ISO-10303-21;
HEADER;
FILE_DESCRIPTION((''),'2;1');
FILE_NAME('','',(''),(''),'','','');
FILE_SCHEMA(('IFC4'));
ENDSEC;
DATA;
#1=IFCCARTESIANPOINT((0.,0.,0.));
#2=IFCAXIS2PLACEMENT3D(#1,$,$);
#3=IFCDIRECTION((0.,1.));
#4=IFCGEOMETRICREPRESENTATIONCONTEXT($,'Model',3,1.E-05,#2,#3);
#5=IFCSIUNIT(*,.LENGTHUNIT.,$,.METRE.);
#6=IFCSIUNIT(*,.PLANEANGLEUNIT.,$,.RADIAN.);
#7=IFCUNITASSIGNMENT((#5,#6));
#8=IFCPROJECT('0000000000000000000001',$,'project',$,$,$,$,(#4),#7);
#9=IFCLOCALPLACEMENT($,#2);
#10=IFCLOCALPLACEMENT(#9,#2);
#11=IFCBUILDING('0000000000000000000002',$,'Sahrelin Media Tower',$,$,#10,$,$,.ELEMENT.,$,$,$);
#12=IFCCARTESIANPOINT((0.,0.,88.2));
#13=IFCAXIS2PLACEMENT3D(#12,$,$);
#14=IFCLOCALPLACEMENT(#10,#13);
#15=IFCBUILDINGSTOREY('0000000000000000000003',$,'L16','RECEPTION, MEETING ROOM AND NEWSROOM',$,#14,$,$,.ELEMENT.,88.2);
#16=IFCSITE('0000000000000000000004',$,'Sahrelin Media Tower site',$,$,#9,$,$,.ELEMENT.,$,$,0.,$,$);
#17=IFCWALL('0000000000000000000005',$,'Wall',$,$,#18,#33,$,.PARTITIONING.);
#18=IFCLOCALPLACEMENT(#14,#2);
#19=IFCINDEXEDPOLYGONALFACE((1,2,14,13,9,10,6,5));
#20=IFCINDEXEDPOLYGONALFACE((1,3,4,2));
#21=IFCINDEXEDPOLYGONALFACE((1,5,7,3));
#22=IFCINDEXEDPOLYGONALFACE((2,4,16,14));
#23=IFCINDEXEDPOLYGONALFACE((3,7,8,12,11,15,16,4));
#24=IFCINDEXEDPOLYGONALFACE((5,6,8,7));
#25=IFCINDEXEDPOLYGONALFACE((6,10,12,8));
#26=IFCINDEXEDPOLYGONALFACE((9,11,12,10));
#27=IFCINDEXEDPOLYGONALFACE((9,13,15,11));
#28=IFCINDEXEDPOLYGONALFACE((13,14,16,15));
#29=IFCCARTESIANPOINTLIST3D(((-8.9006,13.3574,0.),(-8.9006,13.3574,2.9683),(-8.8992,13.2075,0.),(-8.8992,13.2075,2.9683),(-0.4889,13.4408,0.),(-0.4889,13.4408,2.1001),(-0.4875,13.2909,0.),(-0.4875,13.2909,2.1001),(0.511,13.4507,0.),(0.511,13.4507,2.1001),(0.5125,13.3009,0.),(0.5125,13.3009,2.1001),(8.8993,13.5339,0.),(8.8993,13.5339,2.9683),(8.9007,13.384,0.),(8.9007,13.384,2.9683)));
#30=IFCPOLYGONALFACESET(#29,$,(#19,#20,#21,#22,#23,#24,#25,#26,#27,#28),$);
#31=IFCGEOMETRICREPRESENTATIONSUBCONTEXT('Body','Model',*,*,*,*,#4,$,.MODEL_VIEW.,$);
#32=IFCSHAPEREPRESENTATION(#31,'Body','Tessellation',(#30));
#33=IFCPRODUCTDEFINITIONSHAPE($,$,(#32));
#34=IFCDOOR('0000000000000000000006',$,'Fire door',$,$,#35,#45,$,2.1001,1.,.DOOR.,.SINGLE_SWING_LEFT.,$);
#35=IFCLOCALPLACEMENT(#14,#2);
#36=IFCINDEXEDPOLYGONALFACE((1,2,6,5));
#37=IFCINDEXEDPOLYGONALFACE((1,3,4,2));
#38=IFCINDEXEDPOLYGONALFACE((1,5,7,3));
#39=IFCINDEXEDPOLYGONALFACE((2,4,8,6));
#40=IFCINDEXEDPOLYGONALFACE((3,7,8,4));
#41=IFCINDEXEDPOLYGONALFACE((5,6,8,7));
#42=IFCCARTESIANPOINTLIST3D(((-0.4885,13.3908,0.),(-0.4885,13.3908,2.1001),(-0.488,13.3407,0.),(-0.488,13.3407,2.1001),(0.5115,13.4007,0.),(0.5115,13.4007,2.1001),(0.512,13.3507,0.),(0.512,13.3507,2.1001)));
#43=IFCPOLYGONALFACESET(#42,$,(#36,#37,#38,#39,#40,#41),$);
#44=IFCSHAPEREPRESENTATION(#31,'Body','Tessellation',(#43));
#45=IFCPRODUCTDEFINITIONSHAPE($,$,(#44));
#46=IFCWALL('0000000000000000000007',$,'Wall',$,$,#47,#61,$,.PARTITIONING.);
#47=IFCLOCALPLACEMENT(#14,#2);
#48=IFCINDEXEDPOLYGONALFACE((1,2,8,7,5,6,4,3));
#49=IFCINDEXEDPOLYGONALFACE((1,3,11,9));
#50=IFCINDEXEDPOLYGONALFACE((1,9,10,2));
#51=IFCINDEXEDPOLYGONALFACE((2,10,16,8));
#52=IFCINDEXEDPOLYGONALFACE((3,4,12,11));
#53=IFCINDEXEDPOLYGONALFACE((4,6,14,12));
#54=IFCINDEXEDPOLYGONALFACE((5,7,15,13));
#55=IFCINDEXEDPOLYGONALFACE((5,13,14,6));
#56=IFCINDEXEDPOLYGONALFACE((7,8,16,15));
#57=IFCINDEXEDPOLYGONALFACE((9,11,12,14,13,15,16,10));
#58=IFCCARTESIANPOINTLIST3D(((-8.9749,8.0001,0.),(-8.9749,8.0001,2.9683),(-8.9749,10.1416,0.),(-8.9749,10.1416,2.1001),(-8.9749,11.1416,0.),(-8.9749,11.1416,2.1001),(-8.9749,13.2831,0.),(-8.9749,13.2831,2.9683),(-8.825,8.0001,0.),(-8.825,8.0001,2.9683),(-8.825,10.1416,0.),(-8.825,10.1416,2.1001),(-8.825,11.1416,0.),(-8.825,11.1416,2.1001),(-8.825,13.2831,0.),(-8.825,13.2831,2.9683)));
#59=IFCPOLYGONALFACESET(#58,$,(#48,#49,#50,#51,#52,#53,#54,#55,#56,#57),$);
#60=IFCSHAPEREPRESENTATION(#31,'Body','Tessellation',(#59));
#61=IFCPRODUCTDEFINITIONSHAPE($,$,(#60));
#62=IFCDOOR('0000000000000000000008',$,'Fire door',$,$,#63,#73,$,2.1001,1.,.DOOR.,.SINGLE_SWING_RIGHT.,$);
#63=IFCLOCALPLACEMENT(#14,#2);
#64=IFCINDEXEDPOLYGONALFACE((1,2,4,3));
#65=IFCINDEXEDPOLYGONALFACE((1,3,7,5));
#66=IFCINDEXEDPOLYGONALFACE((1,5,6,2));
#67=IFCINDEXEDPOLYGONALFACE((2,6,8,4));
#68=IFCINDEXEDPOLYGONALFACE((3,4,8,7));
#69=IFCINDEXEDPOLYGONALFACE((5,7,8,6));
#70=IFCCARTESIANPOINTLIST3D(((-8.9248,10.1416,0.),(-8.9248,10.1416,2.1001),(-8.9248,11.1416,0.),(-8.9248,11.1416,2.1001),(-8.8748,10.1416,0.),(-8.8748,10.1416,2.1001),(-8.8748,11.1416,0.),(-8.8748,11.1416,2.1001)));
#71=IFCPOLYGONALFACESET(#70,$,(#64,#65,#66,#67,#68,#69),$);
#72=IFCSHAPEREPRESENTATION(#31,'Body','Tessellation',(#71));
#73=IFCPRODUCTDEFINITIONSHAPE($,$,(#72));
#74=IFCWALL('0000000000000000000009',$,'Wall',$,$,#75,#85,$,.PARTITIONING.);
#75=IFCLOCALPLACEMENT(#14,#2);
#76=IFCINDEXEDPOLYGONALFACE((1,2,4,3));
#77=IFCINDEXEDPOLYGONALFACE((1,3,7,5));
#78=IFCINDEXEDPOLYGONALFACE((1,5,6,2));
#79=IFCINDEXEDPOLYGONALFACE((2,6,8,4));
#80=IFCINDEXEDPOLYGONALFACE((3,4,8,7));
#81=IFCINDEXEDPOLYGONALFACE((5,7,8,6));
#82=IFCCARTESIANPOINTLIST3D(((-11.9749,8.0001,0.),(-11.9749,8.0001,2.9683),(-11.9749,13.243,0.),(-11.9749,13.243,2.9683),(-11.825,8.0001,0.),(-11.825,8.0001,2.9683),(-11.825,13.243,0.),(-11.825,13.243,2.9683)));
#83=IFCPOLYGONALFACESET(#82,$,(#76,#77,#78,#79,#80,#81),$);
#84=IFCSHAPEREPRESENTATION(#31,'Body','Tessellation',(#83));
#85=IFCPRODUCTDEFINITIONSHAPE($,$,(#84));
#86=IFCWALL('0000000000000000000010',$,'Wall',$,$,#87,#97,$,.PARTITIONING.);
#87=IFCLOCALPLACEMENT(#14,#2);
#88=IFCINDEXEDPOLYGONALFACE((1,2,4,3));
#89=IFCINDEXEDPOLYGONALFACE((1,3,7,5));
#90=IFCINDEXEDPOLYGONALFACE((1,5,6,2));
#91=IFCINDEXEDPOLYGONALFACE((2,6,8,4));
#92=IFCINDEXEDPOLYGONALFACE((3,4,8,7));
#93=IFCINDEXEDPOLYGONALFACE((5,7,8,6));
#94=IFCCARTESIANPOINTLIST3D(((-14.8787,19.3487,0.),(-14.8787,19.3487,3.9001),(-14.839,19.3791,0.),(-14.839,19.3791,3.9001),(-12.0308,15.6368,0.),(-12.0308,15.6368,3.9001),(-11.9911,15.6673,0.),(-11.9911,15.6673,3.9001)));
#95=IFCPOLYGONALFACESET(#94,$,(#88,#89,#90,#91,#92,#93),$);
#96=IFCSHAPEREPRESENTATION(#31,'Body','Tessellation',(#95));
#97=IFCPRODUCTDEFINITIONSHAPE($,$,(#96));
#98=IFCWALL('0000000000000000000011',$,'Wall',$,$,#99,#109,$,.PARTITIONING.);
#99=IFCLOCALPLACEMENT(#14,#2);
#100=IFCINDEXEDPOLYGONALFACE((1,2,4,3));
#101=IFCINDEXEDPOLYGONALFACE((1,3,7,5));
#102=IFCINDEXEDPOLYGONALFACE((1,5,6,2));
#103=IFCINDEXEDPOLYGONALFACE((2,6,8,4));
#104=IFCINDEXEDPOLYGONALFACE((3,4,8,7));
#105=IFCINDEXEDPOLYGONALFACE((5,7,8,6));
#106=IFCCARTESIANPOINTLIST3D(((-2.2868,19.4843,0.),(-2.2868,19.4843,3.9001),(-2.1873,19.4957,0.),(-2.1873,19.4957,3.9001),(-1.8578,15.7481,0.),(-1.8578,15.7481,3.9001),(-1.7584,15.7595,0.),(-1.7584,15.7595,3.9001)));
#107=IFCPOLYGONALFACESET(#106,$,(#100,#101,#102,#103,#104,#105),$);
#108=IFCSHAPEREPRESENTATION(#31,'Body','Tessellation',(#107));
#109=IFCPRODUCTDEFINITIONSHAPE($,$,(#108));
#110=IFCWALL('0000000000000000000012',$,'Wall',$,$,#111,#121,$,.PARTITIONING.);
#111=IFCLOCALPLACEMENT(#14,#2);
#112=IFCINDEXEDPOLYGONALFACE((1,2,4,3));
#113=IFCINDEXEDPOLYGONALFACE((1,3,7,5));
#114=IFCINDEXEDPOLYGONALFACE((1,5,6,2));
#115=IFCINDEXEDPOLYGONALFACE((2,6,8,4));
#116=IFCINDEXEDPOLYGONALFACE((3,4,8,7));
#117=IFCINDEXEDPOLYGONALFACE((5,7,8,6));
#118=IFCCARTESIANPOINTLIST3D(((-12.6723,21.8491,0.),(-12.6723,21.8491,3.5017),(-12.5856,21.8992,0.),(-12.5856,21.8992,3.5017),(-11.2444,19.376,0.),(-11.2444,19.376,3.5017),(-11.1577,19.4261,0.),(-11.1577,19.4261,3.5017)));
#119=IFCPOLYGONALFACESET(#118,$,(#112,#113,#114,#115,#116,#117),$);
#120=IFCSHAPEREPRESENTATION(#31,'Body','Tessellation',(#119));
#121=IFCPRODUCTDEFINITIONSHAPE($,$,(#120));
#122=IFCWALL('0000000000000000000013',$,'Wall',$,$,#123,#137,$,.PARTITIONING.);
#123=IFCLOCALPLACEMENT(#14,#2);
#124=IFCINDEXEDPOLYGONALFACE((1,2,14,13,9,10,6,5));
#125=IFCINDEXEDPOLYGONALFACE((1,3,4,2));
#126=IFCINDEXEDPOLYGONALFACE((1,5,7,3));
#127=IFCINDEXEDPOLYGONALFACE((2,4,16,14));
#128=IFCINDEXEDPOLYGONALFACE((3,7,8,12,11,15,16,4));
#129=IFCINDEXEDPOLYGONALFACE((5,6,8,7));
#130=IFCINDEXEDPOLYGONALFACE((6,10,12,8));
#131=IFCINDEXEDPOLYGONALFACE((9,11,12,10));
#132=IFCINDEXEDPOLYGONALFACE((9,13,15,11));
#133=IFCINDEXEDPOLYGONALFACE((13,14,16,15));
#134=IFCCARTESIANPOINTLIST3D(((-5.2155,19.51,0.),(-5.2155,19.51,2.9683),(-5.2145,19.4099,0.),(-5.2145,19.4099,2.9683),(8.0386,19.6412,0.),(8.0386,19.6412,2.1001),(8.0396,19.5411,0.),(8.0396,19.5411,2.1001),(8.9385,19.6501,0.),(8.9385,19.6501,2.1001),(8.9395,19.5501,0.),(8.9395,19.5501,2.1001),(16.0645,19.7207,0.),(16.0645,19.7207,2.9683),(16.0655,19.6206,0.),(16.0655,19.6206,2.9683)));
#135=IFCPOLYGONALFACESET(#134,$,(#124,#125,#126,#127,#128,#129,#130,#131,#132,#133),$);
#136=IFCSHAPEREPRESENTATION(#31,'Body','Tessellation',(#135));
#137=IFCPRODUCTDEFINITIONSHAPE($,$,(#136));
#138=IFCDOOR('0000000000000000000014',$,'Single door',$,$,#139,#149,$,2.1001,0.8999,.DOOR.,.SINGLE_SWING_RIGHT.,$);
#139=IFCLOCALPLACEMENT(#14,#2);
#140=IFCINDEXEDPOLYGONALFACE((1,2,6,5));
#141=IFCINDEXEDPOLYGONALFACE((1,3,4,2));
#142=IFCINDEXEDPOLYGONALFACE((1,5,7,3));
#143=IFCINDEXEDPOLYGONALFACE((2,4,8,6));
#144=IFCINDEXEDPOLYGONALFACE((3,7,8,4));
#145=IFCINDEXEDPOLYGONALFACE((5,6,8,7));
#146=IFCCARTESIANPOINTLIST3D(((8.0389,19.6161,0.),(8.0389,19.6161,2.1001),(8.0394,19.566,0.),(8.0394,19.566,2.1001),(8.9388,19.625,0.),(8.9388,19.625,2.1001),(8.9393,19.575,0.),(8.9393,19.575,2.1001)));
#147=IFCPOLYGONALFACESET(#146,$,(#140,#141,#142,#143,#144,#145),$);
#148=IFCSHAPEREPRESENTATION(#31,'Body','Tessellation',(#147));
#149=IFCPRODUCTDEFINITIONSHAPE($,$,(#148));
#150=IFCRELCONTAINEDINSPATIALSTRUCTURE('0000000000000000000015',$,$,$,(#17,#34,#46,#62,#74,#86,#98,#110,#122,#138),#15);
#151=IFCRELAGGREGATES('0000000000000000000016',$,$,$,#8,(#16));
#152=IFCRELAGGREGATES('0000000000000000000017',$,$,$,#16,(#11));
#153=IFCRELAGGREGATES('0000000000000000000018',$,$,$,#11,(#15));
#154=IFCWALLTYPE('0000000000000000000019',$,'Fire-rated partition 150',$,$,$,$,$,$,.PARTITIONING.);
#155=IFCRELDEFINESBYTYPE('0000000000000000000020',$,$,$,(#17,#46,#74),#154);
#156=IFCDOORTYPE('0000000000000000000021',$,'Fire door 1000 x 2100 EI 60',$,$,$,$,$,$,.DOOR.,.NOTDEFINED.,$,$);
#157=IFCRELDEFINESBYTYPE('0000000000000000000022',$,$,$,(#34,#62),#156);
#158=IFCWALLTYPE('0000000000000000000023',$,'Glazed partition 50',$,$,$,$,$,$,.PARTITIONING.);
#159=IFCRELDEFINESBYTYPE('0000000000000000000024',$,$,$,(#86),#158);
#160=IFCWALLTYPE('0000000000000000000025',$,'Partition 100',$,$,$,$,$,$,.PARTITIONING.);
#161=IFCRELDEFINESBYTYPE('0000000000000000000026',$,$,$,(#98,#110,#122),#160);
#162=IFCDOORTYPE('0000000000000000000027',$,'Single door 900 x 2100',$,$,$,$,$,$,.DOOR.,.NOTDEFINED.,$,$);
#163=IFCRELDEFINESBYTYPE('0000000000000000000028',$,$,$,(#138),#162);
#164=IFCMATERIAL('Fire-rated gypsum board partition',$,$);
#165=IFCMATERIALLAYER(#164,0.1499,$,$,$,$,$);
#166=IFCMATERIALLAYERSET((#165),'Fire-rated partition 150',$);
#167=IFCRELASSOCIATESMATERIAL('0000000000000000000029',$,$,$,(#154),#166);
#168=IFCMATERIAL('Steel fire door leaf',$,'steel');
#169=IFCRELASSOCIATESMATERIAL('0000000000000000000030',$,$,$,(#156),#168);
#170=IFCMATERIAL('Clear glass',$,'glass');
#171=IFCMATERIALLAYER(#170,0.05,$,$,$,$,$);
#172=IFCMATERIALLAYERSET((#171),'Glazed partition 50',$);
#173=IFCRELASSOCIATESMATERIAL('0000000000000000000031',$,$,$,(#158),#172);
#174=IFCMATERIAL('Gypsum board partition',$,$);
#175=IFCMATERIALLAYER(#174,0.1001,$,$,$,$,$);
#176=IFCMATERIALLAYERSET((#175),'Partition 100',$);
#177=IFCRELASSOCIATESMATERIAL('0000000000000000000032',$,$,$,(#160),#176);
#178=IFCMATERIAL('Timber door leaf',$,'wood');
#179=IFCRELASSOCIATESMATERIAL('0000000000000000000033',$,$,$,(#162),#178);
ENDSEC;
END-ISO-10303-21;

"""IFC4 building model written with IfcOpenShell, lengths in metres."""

from ifc_helpers import new_model, si_unit, direction, frame, frame_2d, origin, place, context, subcontext, project, spatial, rectangle, extrude, material, layer, layer_set, type_object, element, fill, save


model = new_model("IFC4")

# Units and contexts
model_context = context("Model", 3, precision=1e-05, world=origin(), true_north=direction((0.0, 1.0)))
body_context = subcontext(model_context, "Body", "Model", "MODEL_VIEW")
ifc_project = project(units=[si_unit("LENGTHUNIT", "METRE"), si_unit("PLANEANGLEUNIT", "RADIAN")], contexts=[model_context])

# Site, building, storey
site_placement = place(None, origin())
site = spatial("IfcSite", under=ifc_project, at=site_placement, Name="Sahrelin Media Tower site", CompositionType="ELEMENT", RefElevation=0.0)
building_placement = place(site_placement, origin())
building = spatial("IfcBuilding", under=site, at=building_placement, Name="Sahrelin Media Tower", CompositionType="ELEMENT")
storey_placement = place(building_placement, frame((0.0, 0.0, 88.2)))
storey = spatial("IfcBuildingStorey", under=building, at=storey_placement, Name="L16", Description="RECEPTION, MEETING ROOM AND NEWSROOM", CompositionType="ELEMENT", Elevation=88.2)

# Shared definitions
ifc_material_1 = material(Name="Fire-rated gypsum board partition")
ifc_layer_1 = layer(ifc_material_1, 0.1499)
ifc_layer_set_1 = layer_set([ifc_layer_1], Name="Fire-rated partition 150")
wall_type_1 = type_object("IfcWallType", Name="Fire-rated partition 150", PredefinedType="PARTITIONING", material=ifc_layer_set_1)

# Walls, openings, doors
wall_1_placement = place(storey_placement, frame((-8.8999, 13.2825, 0.0), z_axis=(0.0, 0.0, 1.0), x_axis=(0.999951, 0.009916, 0.0)))
wall_1 = element("IfcWall", 1, at=wall_1_placement, inside=storey, type_object=wall_type_1, Name="Wall", PredefinedType="PARTITIONING", context=body_context, shape_type="SweptSolid", body=[
    extrude(rectangle(XDim=17.8008, YDim=0.1499, at=frame_2d((8.9004, 0.0))), origin(), (0.0, 0.0, 1.0), 2.9683),
])
opening_1_placement = place(wall_1_placement, frame((8.4121, 0.0, 0.0)))
opening_1 = element("IfcOpeningElement", 2, at=opening_1_placement, cuts=wall_1, PredefinedType="OPENING", context=body_context, shape_type="SweptSolid", body=[
    extrude(rectangle(XDim=1.0, YDim=2.1001, at=frame_2d((0.5, 1.05))), frame((0.0, 0.075, 0.0), z_axis=(0.0, -1.0, 0.0), x_axis=(1.0, 0.0, 0.0)), (0.0, 0.0, 1.0), 0.1499),
])
ifc_material_2 = material(Name="Steel fire door leaf", Category="steel")
door_type_1 = type_object("IfcDoorType", Name="Fire door 1000 x 2100 EI 60", OperationType="NOTDEFINED", PredefinedType="DOOR", material=ifc_material_2)
door_1_placement = place(opening_1_placement, origin())
door_1 = element("IfcDoor", 3, at=door_1_placement, inside=storey, type_object=door_type_1, Name="Fire door", OperationType="SINGLE_SWING_LEFT", OverallHeight=2.1001, OverallWidth=1.0, PredefinedType="DOOR", context=body_context, shape_type="SweptSolid", body=[
    extrude(rectangle(XDim=1.0, YDim=2.1001, at=frame_2d((0.5, 1.05))), frame((0.0, 0.0249, 0.0), z_axis=(0.0, -1.0, 0.0), x_axis=(1.0, 0.0, 0.0)), (0.0, 0.0, 1.0), 0.05),
])
fill(opening_1, door_1)
wall_2_placement = place(storey_placement, frame((-8.8999, 8.0, 0.0), z_axis=(0.0, 0.0, 1.0), x_axis=(0.0, 1.0, 0.0)))
wall_2 = element("IfcWall", 4, at=wall_2_placement, inside=storey, type_object=wall_type_1, Name="Wall", PredefinedType="PARTITIONING", context=body_context, shape_type="SweptSolid", body=[
    extrude(rectangle(XDim=5.283, YDim=0.1499, at=frame_2d((2.6416, 0.0))), origin(), (0.0, 0.0, 1.0), 2.9683),
])
opening_2_placement = place(wall_2_placement, frame((2.1416, 0.0, 0.0)))
opening_2 = element("IfcOpeningElement", 5, at=opening_2_placement, cuts=wall_2, PredefinedType="OPENING", context=body_context, shape_type="SweptSolid", body=[
    extrude(rectangle(XDim=1.0, YDim=2.1001, at=frame_2d((0.5, 1.05))), frame((0.0, 0.075, 0.0), z_axis=(0.0, -1.0, 0.0), x_axis=(1.0, 0.0, 0.0)), (0.0, 0.0, 1.0), 0.1499),
])
door_2_placement = place(opening_2_placement, origin())
door_2 = element("IfcDoor", 6, at=door_2_placement, inside=storey, type_object=door_type_1, Name="Fire door", OperationType="SINGLE_SWING_RIGHT", OverallHeight=2.1001, OverallWidth=1.0, PredefinedType="DOOR", context=body_context, shape_type="SweptSolid", body=[
    extrude(rectangle(XDim=1.0, YDim=2.1001, at=frame_2d((0.5, 1.05))), frame((0.0, 0.0249, 0.0), z_axis=(0.0, -1.0, 0.0), x_axis=(1.0, 0.0, 0.0)), (0.0, 0.0, 1.0), 0.05),
])
fill(opening_2, door_2)

# Walls
wall_3_placement = place(storey_placement, frame((-11.8999, 8.0, 0.0), z_axis=(0.0, 0.0, 1.0), x_axis=(0.0, 1.0, 0.0)))
element("IfcWall", 7, at=wall_3_placement, inside=storey, type_object=wall_type_1, Name="Wall", PredefinedType="PARTITIONING", context=body_context, shape_type="SweptSolid", body=[
    extrude(rectangle(XDim=5.2429, YDim=0.1499, at=frame_2d((2.6216, 0.0))), origin(), (0.0, 0.0, 1.0), 2.9683),
])
ifc_material_3 = material(Name="Clear glass", Category="glass")
ifc_layer_2 = layer(ifc_material_3, 0.05)
ifc_layer_set_2 = layer_set([ifc_layer_2], Name="Glazed partition 50")
wall_type_2 = type_object("IfcWallType", Name="Glazed partition 50", PredefinedType="PARTITIONING", material=ifc_layer_set_2)
wall_4_placement = place(storey_placement, frame((-14.8589, 19.364, 0.0), z_axis=(0.0, 0.0, 1.0), x_axis=(0.608714, -0.79339, 0.0)))
element("IfcWall", 8, at=wall_4_placement, inside=storey, type_object=wall_type_2, Name="Wall", PredefinedType="PARTITIONING", context=body_context, shape_type="SweptSolid", body=[
    extrude(rectangle(XDim=4.6785, YDim=0.05, at=frame_2d((2.3394, 0.0))), origin(), (0.0, 0.0, 1.0), 3.9001),
])
ifc_material_4 = material(Name="Gypsum board partition")
ifc_layer_3 = layer(ifc_material_4, 0.1001)
ifc_layer_set_3 = layer_set([ifc_layer_3], Name="Partition 100")
wall_type_3 = type_object("IfcWallType", Name="Partition 100", PredefinedType="PARTITIONING", material=ifc_layer_set_3)
wall_5_placement = place(storey_placement, frame((-2.2371, 19.49, 0.0), z_axis=(0.0, 0.0, 1.0), x_axis=(0.114065, -0.993473, 0.0)))
element("IfcWall", 9, at=wall_5_placement, inside=storey, type_object=wall_type_3, Name="Wall", PredefinedType="PARTITIONING", context=body_context, shape_type="SweptSolid", body=[
    extrude(rectangle(XDim=3.7607, YDim=0.1001, at=frame_2d((1.8804, 0.0))), origin(), (0.0, 0.0, 1.0), 3.9001),
])
wall_6_placement = place(storey_placement, frame((-12.6289, 21.874, 0.0), z_axis=(0.0, 0.0, 1.0), x_axis=(0.500028, -0.866009, 0.0)))
element("IfcWall", 10, at=wall_6_placement, inside=storey, type_object=wall_type_3, Name="Wall", PredefinedType="PARTITIONING", context=body_context, shape_type="SweptSolid", body=[
    extrude(rectangle(XDim=2.8557, YDim=0.1001, at=frame_2d((1.4277, 0.0))), origin(), (0.0, 0.0, 1.0), 3.5017),
])

# Wall, opening, door
wall_7_placement = place(storey_placement, frame((-5.2151, 19.46, 0.0), z_axis=(0.0, 0.0, 1.0), x_axis=(0.999951, 0.009901, 0.0)))
wall_7 = element("IfcWall", 11, at=wall_7_placement, inside=storey, type_object=wall_type_3, Name="Wall", PredefinedType="PARTITIONING", context=body_context, shape_type="SweptSolid", body=[
    extrude(rectangle(XDim=21.281, YDim=0.1001, at=frame_2d((10.6406, 0.0))), origin(), (0.0, 0.0, 1.0), 2.9683),
])
opening_3_placement = place(wall_7_placement, frame((13.2549, 0.0, 0.0)))
opening_3 = element("IfcOpeningElement", 12, at=opening_3_placement, cuts=wall_7, PredefinedType="OPENING", context=body_context, shape_type="SweptSolid", body=[
    extrude(rectangle(XDim=0.8999, YDim=2.1001, at=frame_2d((0.45, 1.05))), frame((0.0, 0.05, 0.0), z_axis=(0.0, -1.0, 0.0), x_axis=(1.0, 0.0, 0.0)), (0.0, 0.0, 1.0), 0.1001),
])
ifc_material_5 = material(Name="Timber door leaf", Category="wood")
door_type_2 = type_object("IfcDoorType", Name="Single door 900 x 2100", OperationType="NOTDEFINED", PredefinedType="DOOR", material=ifc_material_5)
door_3_placement = place(opening_3_placement, origin())
door_3 = element("IfcDoor", 13, at=door_3_placement, inside=storey, type_object=door_type_2, Name="Single door", OperationType="SINGLE_SWING_RIGHT", OverallHeight=2.1001, OverallWidth=0.8999, PredefinedType="DOOR", context=body_context, shape_type="SweptSolid", body=[
    extrude(rectangle(XDim=0.8999, YDim=2.1001, at=frame_2d((0.45, 1.05))), frame((0.0, 0.0249, 0.0), z_axis=(0.0, -1.0, 0.0), x_axis=(1.0, 0.0, 0.0)), (0.0, 0.0, 1.0), 0.05),
])
fill(opening_3, door_3)

save(model, "model.ifc")
